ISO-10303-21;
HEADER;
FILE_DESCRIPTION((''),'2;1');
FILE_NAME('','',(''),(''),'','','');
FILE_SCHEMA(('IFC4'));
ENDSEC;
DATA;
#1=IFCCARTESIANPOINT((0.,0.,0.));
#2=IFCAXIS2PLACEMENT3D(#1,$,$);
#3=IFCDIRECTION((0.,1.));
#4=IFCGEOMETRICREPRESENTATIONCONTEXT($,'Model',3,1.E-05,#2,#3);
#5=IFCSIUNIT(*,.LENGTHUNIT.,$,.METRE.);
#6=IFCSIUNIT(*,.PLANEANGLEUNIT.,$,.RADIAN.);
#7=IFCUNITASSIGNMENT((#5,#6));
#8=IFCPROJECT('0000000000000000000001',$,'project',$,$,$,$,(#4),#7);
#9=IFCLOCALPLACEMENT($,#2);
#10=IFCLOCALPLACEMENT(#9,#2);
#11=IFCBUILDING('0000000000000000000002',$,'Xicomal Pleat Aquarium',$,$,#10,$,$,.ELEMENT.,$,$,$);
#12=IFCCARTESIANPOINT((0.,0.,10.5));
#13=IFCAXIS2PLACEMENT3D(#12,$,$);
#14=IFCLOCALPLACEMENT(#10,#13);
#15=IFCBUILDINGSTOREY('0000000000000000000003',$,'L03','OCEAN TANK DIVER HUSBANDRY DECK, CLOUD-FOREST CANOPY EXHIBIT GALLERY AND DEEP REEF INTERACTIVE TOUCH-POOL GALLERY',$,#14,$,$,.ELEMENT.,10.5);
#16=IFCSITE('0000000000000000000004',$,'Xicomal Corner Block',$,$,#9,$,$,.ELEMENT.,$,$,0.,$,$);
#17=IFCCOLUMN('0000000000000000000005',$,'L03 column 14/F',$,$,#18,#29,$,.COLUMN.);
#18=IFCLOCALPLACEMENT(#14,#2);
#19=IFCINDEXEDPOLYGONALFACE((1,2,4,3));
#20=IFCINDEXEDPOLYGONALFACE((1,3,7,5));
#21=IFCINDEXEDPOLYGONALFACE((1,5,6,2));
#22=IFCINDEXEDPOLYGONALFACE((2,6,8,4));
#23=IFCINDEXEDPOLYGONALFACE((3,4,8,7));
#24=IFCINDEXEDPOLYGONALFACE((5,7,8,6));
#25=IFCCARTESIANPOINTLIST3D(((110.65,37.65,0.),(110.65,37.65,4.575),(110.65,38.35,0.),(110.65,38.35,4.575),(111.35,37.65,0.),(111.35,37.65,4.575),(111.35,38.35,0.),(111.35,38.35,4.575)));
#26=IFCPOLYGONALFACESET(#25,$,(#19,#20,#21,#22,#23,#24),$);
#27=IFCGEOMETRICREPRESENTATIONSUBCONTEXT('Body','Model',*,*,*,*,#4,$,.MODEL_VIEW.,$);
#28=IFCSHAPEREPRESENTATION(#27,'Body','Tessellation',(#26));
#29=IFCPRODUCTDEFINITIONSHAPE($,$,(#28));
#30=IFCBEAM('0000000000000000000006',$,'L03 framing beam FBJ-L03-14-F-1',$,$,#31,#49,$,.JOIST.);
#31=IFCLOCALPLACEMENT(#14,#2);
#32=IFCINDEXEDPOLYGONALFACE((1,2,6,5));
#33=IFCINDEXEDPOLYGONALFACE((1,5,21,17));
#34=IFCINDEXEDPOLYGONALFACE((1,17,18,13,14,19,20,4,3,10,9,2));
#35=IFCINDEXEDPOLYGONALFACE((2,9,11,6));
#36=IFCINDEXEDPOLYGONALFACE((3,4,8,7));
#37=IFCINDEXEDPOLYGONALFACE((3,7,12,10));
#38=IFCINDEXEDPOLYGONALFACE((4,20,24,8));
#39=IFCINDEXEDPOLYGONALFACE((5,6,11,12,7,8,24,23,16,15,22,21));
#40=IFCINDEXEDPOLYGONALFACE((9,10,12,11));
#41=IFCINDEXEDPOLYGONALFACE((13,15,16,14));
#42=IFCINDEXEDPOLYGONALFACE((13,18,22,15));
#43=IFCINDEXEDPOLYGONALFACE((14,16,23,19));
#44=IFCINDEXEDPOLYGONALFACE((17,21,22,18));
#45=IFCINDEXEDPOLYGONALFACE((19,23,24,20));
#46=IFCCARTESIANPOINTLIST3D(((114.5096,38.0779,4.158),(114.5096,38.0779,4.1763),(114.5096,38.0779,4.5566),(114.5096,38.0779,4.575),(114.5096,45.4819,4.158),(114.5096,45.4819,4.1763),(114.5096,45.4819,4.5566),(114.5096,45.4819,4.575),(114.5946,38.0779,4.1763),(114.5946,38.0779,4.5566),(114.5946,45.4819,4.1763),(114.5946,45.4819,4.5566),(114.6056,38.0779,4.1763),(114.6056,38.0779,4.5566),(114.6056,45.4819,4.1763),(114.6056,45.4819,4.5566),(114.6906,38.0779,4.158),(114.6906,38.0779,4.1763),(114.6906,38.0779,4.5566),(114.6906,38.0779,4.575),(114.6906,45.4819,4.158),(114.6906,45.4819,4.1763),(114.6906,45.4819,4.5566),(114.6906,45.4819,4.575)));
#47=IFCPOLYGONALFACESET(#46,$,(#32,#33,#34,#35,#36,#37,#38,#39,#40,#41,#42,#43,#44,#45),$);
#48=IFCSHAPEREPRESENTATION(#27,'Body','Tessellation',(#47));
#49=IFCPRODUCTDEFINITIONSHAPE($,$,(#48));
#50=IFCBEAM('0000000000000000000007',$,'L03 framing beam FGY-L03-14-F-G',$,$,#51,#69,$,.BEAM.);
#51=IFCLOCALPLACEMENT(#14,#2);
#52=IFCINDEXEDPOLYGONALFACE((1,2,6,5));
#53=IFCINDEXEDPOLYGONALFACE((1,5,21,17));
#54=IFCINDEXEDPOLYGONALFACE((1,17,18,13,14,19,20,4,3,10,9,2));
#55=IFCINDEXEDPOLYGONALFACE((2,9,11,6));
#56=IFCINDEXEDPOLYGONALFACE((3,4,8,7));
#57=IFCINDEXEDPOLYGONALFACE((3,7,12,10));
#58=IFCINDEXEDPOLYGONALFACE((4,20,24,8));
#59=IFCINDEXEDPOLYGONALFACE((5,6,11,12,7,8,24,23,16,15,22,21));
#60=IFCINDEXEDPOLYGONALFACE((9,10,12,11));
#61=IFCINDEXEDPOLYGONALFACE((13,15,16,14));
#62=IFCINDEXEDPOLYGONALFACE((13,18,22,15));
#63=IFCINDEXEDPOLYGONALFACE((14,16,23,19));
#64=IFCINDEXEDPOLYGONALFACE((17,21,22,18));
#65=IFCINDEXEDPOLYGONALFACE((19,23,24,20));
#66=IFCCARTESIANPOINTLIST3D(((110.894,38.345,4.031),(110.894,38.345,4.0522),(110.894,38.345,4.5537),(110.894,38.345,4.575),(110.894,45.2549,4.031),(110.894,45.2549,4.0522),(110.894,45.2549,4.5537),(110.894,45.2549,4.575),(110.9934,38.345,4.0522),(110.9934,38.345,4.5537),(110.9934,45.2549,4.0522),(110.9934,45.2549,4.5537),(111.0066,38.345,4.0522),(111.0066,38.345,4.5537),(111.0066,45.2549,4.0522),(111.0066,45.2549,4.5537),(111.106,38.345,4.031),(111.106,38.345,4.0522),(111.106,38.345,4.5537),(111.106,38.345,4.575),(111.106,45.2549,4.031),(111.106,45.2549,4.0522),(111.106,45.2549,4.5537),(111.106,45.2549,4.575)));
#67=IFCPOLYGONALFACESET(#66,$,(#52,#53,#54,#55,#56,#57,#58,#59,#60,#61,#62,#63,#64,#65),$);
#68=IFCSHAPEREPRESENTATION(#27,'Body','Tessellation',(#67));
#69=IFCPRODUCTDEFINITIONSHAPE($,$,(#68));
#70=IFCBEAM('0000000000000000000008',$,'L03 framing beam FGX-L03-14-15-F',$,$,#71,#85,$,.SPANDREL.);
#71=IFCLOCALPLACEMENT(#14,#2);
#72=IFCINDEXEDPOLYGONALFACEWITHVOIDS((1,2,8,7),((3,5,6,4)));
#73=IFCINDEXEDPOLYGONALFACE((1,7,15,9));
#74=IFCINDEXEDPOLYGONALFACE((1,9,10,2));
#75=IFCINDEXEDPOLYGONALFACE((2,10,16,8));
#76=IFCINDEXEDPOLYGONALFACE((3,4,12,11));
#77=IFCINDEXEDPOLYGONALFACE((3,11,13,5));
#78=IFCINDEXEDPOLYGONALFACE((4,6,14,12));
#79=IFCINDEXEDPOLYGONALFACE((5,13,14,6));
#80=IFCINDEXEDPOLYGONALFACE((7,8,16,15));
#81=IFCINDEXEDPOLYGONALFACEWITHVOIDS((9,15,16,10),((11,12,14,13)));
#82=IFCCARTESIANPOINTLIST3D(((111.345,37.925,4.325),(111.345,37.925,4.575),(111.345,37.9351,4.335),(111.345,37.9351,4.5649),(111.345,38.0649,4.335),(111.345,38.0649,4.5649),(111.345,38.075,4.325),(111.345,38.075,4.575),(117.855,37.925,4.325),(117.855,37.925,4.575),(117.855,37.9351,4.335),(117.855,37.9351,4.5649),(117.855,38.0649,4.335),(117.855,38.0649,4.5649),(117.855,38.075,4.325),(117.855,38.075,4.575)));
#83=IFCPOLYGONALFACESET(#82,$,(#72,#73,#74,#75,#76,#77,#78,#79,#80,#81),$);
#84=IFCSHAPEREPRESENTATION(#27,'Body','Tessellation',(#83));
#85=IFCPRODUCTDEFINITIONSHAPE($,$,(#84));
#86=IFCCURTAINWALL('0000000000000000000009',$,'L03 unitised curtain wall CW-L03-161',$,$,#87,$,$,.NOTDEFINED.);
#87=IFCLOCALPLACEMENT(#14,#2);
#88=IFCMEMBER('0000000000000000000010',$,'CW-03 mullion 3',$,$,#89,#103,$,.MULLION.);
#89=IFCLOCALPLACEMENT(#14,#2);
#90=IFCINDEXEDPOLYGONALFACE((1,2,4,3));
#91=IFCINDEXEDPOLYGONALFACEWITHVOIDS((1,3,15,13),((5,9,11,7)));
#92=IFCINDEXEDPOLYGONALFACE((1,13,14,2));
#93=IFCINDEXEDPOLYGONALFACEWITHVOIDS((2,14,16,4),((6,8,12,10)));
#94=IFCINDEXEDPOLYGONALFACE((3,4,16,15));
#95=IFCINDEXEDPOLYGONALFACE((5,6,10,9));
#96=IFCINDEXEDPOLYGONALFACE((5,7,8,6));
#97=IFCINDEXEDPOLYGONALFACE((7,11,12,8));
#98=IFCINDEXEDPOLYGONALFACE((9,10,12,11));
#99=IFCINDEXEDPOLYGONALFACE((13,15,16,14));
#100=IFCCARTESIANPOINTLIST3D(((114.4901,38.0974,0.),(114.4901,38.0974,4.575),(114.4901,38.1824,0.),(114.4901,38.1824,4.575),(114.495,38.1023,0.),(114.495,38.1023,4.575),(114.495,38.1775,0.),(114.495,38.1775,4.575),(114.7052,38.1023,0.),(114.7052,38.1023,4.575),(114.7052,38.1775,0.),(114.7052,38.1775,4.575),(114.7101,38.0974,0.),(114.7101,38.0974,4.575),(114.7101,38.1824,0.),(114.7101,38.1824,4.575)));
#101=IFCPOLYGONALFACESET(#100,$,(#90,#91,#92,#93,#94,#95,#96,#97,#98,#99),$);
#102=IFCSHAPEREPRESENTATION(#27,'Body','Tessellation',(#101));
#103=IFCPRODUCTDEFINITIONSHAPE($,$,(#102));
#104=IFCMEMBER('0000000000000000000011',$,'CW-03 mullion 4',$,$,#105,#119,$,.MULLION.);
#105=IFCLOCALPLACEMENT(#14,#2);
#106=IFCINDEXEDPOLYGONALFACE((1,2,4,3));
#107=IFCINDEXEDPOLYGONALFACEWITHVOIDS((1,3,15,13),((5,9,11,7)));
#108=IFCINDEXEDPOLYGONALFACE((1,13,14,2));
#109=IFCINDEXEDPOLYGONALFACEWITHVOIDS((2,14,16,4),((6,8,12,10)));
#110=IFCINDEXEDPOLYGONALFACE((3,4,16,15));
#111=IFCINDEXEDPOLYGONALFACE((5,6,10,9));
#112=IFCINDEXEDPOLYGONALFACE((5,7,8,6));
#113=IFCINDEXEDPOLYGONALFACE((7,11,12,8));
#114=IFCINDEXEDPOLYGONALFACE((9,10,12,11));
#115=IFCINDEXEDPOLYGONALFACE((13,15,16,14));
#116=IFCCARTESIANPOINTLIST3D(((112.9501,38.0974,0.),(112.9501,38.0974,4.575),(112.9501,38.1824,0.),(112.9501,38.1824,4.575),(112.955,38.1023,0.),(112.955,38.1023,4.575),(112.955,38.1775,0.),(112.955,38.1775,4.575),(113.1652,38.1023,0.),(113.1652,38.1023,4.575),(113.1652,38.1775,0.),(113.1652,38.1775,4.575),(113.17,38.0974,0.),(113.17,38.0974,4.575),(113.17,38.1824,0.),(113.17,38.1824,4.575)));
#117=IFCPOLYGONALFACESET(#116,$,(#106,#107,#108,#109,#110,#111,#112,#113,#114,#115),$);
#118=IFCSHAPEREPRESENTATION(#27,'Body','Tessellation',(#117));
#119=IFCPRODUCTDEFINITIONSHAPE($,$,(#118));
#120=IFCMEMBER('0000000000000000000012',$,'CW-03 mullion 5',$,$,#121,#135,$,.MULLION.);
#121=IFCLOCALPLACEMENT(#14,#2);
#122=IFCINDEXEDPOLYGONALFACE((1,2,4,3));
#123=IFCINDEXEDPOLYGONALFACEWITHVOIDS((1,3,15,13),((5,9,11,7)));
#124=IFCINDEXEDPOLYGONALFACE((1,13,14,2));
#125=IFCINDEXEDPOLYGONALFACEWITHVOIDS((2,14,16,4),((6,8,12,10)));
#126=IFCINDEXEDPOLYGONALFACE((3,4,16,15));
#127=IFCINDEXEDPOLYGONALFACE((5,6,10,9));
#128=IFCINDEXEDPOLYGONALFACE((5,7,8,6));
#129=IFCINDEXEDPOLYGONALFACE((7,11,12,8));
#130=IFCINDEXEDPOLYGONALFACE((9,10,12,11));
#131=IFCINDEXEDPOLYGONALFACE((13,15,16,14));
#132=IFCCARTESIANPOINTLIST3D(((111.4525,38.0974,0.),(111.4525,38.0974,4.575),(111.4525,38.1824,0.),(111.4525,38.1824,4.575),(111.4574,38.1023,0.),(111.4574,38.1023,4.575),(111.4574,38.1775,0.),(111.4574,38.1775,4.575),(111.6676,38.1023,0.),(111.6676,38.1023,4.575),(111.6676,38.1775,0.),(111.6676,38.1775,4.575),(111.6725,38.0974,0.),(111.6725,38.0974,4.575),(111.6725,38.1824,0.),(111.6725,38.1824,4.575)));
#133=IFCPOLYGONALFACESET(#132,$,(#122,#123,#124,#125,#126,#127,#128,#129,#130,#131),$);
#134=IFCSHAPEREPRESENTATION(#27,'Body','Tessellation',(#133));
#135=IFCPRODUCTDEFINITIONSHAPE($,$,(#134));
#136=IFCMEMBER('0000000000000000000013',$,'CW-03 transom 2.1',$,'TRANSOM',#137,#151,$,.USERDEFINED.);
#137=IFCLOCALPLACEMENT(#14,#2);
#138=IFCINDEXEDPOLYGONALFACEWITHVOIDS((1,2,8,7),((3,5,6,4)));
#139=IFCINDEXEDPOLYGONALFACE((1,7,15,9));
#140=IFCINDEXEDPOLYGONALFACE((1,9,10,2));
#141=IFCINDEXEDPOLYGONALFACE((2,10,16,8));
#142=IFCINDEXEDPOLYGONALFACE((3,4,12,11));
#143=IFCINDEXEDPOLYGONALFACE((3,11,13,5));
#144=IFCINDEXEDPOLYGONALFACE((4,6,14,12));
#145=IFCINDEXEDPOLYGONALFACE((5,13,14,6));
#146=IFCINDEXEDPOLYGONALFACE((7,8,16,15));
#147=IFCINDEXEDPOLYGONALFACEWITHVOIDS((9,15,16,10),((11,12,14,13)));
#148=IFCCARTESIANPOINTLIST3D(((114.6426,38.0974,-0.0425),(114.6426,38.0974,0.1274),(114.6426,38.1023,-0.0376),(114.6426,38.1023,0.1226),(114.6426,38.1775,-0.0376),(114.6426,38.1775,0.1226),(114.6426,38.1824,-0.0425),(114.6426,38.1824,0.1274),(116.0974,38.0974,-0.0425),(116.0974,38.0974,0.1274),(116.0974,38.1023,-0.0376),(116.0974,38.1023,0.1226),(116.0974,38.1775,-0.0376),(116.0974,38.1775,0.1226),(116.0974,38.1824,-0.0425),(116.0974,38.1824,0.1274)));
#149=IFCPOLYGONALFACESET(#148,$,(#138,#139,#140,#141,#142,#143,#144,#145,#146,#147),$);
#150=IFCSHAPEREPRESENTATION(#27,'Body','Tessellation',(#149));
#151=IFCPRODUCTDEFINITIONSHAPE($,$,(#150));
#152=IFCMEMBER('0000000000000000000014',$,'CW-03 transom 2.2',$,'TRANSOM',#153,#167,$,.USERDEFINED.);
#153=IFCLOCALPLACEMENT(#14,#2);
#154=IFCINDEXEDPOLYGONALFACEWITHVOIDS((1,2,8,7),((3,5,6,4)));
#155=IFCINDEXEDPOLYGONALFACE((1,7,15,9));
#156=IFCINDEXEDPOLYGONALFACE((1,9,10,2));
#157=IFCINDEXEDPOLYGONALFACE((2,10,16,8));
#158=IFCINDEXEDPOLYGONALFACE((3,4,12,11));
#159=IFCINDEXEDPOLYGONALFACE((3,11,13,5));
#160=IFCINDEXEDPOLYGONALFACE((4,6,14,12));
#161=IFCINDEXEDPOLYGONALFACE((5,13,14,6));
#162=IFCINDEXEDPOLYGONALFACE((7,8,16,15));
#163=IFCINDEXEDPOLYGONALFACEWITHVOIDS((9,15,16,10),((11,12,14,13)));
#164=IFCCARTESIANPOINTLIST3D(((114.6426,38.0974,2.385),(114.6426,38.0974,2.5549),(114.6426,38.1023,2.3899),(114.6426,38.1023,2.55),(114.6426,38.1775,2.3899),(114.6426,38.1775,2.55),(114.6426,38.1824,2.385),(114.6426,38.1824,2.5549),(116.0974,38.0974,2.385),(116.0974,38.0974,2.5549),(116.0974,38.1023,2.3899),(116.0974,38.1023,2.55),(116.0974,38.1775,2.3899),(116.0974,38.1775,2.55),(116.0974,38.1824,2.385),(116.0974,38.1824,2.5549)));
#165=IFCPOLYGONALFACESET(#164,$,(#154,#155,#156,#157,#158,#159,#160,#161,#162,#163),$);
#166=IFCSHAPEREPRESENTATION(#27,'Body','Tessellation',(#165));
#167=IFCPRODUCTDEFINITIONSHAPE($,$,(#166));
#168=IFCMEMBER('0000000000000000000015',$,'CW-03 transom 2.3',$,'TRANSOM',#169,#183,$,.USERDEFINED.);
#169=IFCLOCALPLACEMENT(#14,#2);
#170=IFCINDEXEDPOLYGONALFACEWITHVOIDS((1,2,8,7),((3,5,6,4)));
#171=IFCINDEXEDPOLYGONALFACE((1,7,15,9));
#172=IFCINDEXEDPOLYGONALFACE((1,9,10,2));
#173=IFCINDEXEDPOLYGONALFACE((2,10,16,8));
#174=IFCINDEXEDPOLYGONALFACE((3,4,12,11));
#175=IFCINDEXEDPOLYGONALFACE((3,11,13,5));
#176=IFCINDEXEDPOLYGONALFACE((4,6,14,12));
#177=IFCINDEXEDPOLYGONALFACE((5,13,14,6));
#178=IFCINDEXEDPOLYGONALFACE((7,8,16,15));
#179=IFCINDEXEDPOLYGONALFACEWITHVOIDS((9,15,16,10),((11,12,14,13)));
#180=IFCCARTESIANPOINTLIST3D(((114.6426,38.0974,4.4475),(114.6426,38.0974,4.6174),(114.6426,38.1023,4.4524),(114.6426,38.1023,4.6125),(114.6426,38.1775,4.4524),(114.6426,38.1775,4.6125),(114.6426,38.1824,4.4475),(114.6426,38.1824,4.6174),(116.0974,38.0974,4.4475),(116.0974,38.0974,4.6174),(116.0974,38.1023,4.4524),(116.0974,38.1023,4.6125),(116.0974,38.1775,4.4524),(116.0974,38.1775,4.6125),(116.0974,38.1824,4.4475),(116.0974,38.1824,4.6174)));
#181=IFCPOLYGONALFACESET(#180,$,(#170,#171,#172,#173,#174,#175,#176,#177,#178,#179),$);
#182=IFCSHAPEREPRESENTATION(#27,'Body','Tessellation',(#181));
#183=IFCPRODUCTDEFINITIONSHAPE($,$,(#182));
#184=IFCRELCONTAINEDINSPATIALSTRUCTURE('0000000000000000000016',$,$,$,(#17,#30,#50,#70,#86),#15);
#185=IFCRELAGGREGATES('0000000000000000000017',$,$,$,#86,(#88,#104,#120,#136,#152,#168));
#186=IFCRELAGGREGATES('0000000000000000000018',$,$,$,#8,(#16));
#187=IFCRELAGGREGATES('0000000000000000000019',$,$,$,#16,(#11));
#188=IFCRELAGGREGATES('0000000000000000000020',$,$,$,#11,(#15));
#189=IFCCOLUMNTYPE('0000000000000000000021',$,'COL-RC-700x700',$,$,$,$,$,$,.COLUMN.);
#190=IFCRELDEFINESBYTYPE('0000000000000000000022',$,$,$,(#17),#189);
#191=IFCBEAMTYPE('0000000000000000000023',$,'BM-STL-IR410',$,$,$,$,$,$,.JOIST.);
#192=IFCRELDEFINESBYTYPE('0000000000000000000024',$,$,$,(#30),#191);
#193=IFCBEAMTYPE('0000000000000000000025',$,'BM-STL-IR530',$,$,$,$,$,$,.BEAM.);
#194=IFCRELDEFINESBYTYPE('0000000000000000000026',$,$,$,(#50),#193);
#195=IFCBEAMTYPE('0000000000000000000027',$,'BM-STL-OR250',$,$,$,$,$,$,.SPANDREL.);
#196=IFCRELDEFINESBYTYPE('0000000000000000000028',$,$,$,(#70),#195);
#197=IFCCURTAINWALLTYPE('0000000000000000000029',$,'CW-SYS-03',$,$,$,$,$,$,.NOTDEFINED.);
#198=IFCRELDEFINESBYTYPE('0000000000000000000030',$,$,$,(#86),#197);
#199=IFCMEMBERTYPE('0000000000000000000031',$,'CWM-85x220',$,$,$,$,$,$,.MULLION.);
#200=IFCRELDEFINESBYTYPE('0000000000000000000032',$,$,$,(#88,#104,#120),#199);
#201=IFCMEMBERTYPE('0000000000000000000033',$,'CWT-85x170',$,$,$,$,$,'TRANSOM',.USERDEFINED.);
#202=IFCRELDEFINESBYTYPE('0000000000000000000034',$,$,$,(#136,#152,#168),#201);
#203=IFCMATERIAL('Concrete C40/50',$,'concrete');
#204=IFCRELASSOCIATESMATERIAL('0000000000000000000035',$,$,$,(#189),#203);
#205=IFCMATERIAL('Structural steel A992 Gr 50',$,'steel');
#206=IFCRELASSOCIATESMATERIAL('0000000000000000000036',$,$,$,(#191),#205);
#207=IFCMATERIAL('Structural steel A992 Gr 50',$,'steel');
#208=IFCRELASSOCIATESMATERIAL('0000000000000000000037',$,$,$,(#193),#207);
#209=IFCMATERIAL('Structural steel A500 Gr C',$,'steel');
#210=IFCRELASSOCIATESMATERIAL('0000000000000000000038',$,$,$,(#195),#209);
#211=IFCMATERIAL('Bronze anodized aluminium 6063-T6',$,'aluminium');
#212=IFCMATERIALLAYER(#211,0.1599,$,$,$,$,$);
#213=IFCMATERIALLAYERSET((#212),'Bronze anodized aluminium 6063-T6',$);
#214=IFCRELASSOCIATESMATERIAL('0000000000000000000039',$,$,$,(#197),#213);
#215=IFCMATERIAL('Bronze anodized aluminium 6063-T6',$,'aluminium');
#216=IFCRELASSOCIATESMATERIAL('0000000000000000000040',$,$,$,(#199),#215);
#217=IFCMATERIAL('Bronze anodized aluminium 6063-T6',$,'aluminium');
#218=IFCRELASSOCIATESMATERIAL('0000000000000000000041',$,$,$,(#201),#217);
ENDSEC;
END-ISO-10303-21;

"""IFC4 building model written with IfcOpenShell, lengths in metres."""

from ifc_helpers import new_model, si_unit, direction, frame, origin, origin_2d, place, context, subcontext, project, spatial, rectangle, hollow_rectangle, i_section, extrude, material, layer, layer_set, material_profile, profile_set, type_object, element, aggregate, save


model = new_model("IFC4")

# Units and contexts
model_context = context("Model", 3, precision=1e-05, world=origin(), true_north=direction((0.0, 1.0)))
body_context = subcontext(model_context, "Body", "Model", "MODEL_VIEW")
ifc_project = project(units=[si_unit("LENGTHUNIT", "METRE"), si_unit("PLANEANGLEUNIT", "RADIAN")], contexts=[model_context])

# Site, building, storey
site_placement = place(None, origin())
site = spatial("IfcSite", under=ifc_project, at=site_placement, Name="Xicomal Corner Block", CompositionType="ELEMENT", RefElevation=0.0)
building_placement = place(site_placement, origin())
building = spatial("IfcBuilding", under=site, at=building_placement, Name="Xicomal Pleat Aquarium", CompositionType="ELEMENT")
storey_placement = place(building_placement, frame((0.0, 0.0, 10.5)))
storey = spatial("IfcBuildingStorey", under=building, at=storey_placement, Name="L03", Description="OCEAN TANK DIVER HUSBANDRY DECK, CLOUD-FOREST CANOPY EXHIBIT GALLERY AND DEEP REEF INTERACTIVE TOUCH-POOL GALLERY", CompositionType="ELEMENT", Elevation=10.5)

# Column
ifc_material_1 = material(Name="Concrete C40/50", Category="concrete")
ifc_material_profile_1 = material_profile(ifc_material_1, rectangle(XDim=0.7, YDim=0.7, at=origin_2d()), Name="RC 700x700")
ifc_profile_set_1 = profile_set([ifc_material_profile_1], Name="Concrete C40/50")
column_type = type_object("IfcColumnType", Name="COL-RC-700x700", PredefinedType="COLUMN", material=ifc_profile_set_1)
column_placement = place(storey_placement, frame((111.0, 38.0, 0.0), z_axis=(0.0, 0.0, 1.0), x_axis=(1.0, 0.0, 0.0)))
element("IfcColumn", 1, at=column_placement, inside=storey, type_object=column_type, Name="L03 column 14/F", PredefinedType="COLUMN", context=body_context, shape_type="SweptSolid", body=[
    extrude(rectangle(XDim=0.7, YDim=0.7, at=origin_2d()), origin(), (0.0, 0.0, 1.0), 4.575),
])

# Beams
ifc_material_2 = material(Name="Structural steel A992 Gr 50", Category="steel")
ifc_material_profile_2 = material_profile(ifc_material_2, i_section(OverallWidth=0.1809, OverallDepth=0.417, WebThickness=0.011, FlangeThickness=0.0183, at=origin_2d()), Name="IR 410x85")
ifc_profile_set_2 = profile_set([ifc_material_profile_2], Name="Structural steel A992 Gr 50")
beam_type_1 = type_object("IfcBeamType", Name="BM-STL-IR410", PredefinedType="JOIST", material=ifc_profile_set_2)
beam_1_placement = place(storey_placement, frame((114.6001, 38.0779, 4.3665), z_axis=(0.0, 1.0, 0.0), x_axis=(-1.0, 0.0, 0.0)))
element("IfcBeam", 2, at=beam_1_placement, inside=storey, type_object=beam_type_1, Name="L03 framing beam FBJ-L03-14-F-1", PredefinedType="JOIST", context=body_context, shape_type="SweptSolid", body=[
    extrude(i_section(OverallWidth=0.1809, OverallDepth=0.417, WebThickness=0.011, FlangeThickness=0.0183, at=origin_2d()), origin(), (0.0, 0.0, 1.0), 7.4041),
])
ifc_material_3 = material(Name="Structural steel A992 Gr 50", Category="steel")
ifc_material_profile_3 = material_profile(ifc_material_3, i_section(OverallWidth=0.2119, OverallDepth=0.5439, WebThickness=0.0132, FlangeThickness=0.0212, at=origin_2d()), Name="IR 530x123")
ifc_profile_set_3 = profile_set([ifc_material_profile_3], Name="Structural steel A992 Gr 50")
beam_type_2 = type_object("IfcBeamType", Name="BM-STL-IR530", PredefinedType="BEAM", material=ifc_profile_set_3)
beam_2_placement = place(storey_placement, frame((111.0, 38.345, 4.303), z_axis=(0.0, 1.0, 0.0), x_axis=(-1.0, 0.0, 0.0)))
element("IfcBeam", 3, at=beam_2_placement, inside=storey, type_object=beam_type_2, Name="L03 framing beam FGY-L03-14-F-G", PredefinedType="BEAM", context=body_context, shape_type="SweptSolid", body=[
    extrude(i_section(OverallWidth=0.2119, OverallDepth=0.5439, WebThickness=0.0132, FlangeThickness=0.0212, at=origin_2d()), origin(), (0.0, 0.0, 1.0), 6.9099),
])
ifc_material_4 = material(Name="Structural steel A500 Gr C", Category="steel")
ifc_material_profile_4 = material_profile(ifc_material_4, hollow_rectangle(XDim=0.1499, YDim=0.25, WallThickness=0.01, at=origin_2d()), Name="OR 250x150x10")
ifc_profile_set_4 = profile_set([ifc_material_profile_4], Name="Structural steel A500 Gr C")
beam_type_3 = type_object("IfcBeamType", Name="BM-STL-OR250", PredefinedType="SPANDREL", material=ifc_profile_set_4)
beam_3_placement = place(storey_placement, frame((111.345, 38.0, 4.45), z_axis=(1.0, 0.0, 0.0), x_axis=(0.0, 1.0, 0.0)))
element("IfcBeam", 4, at=beam_3_placement, inside=storey, type_object=beam_type_3, Name="L03 framing beam FGX-L03-14-15-F", PredefinedType="SPANDREL", context=body_context, shape_type="SweptSolid", body=[
    extrude(hollow_rectangle(XDim=0.1499, YDim=0.25, WallThickness=0.01, at=origin_2d()), origin(), (0.0, 0.0, 1.0), 6.51),
])

# Curtain wall, members
ifc_material_5 = material(Name="Bronze anodized aluminium 6063-T6", Category="aluminium")
ifc_layer_1 = layer(ifc_material_5, 0.1599)
ifc_layer_set_1 = layer_set([ifc_layer_1], Name="Bronze anodized aluminium 6063-T6")
curtain_wall_type = type_object("IfcCurtainWallType", Name="CW-SYS-03", PredefinedType="NOTDEFINED", material=ifc_layer_set_1)
curtain_wall_placement = place(storey_placement, origin())
curtain_wall = element("IfcCurtainWall", 5, at=curtain_wall_placement, inside=storey, type_object=curtain_wall_type, Name="L03 unitised curtain wall CW-L03-161", PredefinedType="NOTDEFINED")
ifc_material_6 = material(Name="Bronze anodized aluminium 6063-T6", Category="aluminium")
ifc_material_profile_5 = material_profile(ifc_material_6, hollow_rectangle(XDim=0.085, YDim=0.22, WallThickness=0.0049, at=origin_2d()), Name="ALU MULL 85x220")
ifc_profile_set_5 = profile_set([ifc_material_profile_5], Name="Bronze anodized aluminium 6063-T6")
member_type_1 = type_object("IfcMemberType", Name="CWM-85x220", PredefinedType="MULLION", material=ifc_profile_set_5)
member_1_placement = place(storey_placement, frame((114.6001, 38.1399, 0.0), z_axis=(0.0, 0.0, 1.0), x_axis=(0.0, -1.0, 0.0)))
member_1 = element("IfcMember", 6, at=member_1_placement, type_object=member_type_1, Name="CW-03 mullion 3", PredefinedType="MULLION", context=body_context, shape_type="SweptSolid", body=[
    extrude(hollow_rectangle(XDim=0.085, YDim=0.22, WallThickness=0.0049, at=origin_2d()), origin(), (0.0, 0.0, 1.0), 4.575),
])
member_2_placement = place(storey_placement, frame((113.0601, 38.1399, 0.0), z_axis=(0.0, 0.0, 1.0), x_axis=(0.0, -1.0, 0.0)))
member_2 = element("IfcMember", 7, at=member_2_placement, type_object=member_type_1, Name="CW-03 mullion 4", PredefinedType="MULLION", context=body_context, shape_type="SweptSolid", body=[
    extrude(hollow_rectangle(XDim=0.085, YDim=0.22, WallThickness=0.0049, at=origin_2d()), origin(), (0.0, 0.0, 1.0), 4.575),
])
member_3_placement = place(storey_placement, frame((111.5625, 38.1399, 0.0), z_axis=(0.0, 0.0, 1.0), x_axis=(0.0, -1.0, 0.0)))
member_3 = element("IfcMember", 8, at=member_3_placement, type_object=member_type_1, Name="CW-03 mullion 5", PredefinedType="MULLION", context=body_context, shape_type="SweptSolid", body=[
    extrude(hollow_rectangle(XDim=0.085, YDim=0.22, WallThickness=0.0049, at=origin_2d()), origin(), (0.0, 0.0, 1.0), 4.575),
])
ifc_material_7 = material(Name="Bronze anodized aluminium 6063-T6", Category="aluminium")
ifc_material_profile_6 = material_profile(ifc_material_7, hollow_rectangle(XDim=0.085, YDim=0.1699, WallThickness=0.0049, at=origin_2d()), Name="ALU TRAN 85x170")
ifc_profile_set_6 = profile_set([ifc_material_profile_6], Name="Bronze anodized aluminium 6063-T6")
member_type_2 = type_object("IfcMemberType", Name="CWT-85x170", ElementType="TRANSOM", PredefinedType="USERDEFINED", material=ifc_profile_set_6)
member_4_placement = place(storey_placement, frame((116.0974, 38.1399, 0.0425), z_axis=(-1.0, 0.0, 0.0), x_axis=(0.0, -1.0, 0.0)))
member_4 = element("IfcMember", 9, at=member_4_placement, type_object=member_type_2, Name="CW-03 transom 2.1", ObjectType="TRANSOM", PredefinedType="USERDEFINED", context=body_context, shape_type="SweptSolid", body=[
    extrude(hollow_rectangle(XDim=0.085, YDim=0.1699, WallThickness=0.0049, at=origin_2d()), origin(), (0.0, 0.0, 1.0), 1.4548),
])
member_5_placement = place(storey_placement, frame((116.0974, 38.1399, 2.47), z_axis=(-1.0, 0.0, 0.0), x_axis=(0.0, -1.0, 0.0)))
member_5 = element("IfcMember", 10, at=member_5_placement, type_object=member_type_2, Name="CW-03 transom 2.2", ObjectType="TRANSOM", PredefinedType="USERDEFINED", context=body_context, shape_type="SweptSolid", body=[
    extrude(hollow_rectangle(XDim=0.085, YDim=0.1699, WallThickness=0.0049, at=origin_2d()), origin(), (0.0, 0.0, 1.0), 1.4548),
])
member_6_placement = place(storey_placement, frame((116.0974, 38.1399, 4.5325), z_axis=(-1.0, 0.0, 0.0), x_axis=(0.0, -1.0, 0.0)))
member_6 = element("IfcMember", 11, at=member_6_placement, type_object=member_type_2, Name="CW-03 transom 2.3", ObjectType="TRANSOM", PredefinedType="USERDEFINED", context=body_context, shape_type="SweptSolid", body=[
    extrude(hollow_rectangle(XDim=0.085, YDim=0.1699, WallThickness=0.0049, at=origin_2d()), origin(), (0.0, 0.0, 1.0), 1.4548),
])
aggregate(curtain_wall, [member_1, member_2, member_3, member_4, member_5, member_6])

save(model, "model.ifc")
